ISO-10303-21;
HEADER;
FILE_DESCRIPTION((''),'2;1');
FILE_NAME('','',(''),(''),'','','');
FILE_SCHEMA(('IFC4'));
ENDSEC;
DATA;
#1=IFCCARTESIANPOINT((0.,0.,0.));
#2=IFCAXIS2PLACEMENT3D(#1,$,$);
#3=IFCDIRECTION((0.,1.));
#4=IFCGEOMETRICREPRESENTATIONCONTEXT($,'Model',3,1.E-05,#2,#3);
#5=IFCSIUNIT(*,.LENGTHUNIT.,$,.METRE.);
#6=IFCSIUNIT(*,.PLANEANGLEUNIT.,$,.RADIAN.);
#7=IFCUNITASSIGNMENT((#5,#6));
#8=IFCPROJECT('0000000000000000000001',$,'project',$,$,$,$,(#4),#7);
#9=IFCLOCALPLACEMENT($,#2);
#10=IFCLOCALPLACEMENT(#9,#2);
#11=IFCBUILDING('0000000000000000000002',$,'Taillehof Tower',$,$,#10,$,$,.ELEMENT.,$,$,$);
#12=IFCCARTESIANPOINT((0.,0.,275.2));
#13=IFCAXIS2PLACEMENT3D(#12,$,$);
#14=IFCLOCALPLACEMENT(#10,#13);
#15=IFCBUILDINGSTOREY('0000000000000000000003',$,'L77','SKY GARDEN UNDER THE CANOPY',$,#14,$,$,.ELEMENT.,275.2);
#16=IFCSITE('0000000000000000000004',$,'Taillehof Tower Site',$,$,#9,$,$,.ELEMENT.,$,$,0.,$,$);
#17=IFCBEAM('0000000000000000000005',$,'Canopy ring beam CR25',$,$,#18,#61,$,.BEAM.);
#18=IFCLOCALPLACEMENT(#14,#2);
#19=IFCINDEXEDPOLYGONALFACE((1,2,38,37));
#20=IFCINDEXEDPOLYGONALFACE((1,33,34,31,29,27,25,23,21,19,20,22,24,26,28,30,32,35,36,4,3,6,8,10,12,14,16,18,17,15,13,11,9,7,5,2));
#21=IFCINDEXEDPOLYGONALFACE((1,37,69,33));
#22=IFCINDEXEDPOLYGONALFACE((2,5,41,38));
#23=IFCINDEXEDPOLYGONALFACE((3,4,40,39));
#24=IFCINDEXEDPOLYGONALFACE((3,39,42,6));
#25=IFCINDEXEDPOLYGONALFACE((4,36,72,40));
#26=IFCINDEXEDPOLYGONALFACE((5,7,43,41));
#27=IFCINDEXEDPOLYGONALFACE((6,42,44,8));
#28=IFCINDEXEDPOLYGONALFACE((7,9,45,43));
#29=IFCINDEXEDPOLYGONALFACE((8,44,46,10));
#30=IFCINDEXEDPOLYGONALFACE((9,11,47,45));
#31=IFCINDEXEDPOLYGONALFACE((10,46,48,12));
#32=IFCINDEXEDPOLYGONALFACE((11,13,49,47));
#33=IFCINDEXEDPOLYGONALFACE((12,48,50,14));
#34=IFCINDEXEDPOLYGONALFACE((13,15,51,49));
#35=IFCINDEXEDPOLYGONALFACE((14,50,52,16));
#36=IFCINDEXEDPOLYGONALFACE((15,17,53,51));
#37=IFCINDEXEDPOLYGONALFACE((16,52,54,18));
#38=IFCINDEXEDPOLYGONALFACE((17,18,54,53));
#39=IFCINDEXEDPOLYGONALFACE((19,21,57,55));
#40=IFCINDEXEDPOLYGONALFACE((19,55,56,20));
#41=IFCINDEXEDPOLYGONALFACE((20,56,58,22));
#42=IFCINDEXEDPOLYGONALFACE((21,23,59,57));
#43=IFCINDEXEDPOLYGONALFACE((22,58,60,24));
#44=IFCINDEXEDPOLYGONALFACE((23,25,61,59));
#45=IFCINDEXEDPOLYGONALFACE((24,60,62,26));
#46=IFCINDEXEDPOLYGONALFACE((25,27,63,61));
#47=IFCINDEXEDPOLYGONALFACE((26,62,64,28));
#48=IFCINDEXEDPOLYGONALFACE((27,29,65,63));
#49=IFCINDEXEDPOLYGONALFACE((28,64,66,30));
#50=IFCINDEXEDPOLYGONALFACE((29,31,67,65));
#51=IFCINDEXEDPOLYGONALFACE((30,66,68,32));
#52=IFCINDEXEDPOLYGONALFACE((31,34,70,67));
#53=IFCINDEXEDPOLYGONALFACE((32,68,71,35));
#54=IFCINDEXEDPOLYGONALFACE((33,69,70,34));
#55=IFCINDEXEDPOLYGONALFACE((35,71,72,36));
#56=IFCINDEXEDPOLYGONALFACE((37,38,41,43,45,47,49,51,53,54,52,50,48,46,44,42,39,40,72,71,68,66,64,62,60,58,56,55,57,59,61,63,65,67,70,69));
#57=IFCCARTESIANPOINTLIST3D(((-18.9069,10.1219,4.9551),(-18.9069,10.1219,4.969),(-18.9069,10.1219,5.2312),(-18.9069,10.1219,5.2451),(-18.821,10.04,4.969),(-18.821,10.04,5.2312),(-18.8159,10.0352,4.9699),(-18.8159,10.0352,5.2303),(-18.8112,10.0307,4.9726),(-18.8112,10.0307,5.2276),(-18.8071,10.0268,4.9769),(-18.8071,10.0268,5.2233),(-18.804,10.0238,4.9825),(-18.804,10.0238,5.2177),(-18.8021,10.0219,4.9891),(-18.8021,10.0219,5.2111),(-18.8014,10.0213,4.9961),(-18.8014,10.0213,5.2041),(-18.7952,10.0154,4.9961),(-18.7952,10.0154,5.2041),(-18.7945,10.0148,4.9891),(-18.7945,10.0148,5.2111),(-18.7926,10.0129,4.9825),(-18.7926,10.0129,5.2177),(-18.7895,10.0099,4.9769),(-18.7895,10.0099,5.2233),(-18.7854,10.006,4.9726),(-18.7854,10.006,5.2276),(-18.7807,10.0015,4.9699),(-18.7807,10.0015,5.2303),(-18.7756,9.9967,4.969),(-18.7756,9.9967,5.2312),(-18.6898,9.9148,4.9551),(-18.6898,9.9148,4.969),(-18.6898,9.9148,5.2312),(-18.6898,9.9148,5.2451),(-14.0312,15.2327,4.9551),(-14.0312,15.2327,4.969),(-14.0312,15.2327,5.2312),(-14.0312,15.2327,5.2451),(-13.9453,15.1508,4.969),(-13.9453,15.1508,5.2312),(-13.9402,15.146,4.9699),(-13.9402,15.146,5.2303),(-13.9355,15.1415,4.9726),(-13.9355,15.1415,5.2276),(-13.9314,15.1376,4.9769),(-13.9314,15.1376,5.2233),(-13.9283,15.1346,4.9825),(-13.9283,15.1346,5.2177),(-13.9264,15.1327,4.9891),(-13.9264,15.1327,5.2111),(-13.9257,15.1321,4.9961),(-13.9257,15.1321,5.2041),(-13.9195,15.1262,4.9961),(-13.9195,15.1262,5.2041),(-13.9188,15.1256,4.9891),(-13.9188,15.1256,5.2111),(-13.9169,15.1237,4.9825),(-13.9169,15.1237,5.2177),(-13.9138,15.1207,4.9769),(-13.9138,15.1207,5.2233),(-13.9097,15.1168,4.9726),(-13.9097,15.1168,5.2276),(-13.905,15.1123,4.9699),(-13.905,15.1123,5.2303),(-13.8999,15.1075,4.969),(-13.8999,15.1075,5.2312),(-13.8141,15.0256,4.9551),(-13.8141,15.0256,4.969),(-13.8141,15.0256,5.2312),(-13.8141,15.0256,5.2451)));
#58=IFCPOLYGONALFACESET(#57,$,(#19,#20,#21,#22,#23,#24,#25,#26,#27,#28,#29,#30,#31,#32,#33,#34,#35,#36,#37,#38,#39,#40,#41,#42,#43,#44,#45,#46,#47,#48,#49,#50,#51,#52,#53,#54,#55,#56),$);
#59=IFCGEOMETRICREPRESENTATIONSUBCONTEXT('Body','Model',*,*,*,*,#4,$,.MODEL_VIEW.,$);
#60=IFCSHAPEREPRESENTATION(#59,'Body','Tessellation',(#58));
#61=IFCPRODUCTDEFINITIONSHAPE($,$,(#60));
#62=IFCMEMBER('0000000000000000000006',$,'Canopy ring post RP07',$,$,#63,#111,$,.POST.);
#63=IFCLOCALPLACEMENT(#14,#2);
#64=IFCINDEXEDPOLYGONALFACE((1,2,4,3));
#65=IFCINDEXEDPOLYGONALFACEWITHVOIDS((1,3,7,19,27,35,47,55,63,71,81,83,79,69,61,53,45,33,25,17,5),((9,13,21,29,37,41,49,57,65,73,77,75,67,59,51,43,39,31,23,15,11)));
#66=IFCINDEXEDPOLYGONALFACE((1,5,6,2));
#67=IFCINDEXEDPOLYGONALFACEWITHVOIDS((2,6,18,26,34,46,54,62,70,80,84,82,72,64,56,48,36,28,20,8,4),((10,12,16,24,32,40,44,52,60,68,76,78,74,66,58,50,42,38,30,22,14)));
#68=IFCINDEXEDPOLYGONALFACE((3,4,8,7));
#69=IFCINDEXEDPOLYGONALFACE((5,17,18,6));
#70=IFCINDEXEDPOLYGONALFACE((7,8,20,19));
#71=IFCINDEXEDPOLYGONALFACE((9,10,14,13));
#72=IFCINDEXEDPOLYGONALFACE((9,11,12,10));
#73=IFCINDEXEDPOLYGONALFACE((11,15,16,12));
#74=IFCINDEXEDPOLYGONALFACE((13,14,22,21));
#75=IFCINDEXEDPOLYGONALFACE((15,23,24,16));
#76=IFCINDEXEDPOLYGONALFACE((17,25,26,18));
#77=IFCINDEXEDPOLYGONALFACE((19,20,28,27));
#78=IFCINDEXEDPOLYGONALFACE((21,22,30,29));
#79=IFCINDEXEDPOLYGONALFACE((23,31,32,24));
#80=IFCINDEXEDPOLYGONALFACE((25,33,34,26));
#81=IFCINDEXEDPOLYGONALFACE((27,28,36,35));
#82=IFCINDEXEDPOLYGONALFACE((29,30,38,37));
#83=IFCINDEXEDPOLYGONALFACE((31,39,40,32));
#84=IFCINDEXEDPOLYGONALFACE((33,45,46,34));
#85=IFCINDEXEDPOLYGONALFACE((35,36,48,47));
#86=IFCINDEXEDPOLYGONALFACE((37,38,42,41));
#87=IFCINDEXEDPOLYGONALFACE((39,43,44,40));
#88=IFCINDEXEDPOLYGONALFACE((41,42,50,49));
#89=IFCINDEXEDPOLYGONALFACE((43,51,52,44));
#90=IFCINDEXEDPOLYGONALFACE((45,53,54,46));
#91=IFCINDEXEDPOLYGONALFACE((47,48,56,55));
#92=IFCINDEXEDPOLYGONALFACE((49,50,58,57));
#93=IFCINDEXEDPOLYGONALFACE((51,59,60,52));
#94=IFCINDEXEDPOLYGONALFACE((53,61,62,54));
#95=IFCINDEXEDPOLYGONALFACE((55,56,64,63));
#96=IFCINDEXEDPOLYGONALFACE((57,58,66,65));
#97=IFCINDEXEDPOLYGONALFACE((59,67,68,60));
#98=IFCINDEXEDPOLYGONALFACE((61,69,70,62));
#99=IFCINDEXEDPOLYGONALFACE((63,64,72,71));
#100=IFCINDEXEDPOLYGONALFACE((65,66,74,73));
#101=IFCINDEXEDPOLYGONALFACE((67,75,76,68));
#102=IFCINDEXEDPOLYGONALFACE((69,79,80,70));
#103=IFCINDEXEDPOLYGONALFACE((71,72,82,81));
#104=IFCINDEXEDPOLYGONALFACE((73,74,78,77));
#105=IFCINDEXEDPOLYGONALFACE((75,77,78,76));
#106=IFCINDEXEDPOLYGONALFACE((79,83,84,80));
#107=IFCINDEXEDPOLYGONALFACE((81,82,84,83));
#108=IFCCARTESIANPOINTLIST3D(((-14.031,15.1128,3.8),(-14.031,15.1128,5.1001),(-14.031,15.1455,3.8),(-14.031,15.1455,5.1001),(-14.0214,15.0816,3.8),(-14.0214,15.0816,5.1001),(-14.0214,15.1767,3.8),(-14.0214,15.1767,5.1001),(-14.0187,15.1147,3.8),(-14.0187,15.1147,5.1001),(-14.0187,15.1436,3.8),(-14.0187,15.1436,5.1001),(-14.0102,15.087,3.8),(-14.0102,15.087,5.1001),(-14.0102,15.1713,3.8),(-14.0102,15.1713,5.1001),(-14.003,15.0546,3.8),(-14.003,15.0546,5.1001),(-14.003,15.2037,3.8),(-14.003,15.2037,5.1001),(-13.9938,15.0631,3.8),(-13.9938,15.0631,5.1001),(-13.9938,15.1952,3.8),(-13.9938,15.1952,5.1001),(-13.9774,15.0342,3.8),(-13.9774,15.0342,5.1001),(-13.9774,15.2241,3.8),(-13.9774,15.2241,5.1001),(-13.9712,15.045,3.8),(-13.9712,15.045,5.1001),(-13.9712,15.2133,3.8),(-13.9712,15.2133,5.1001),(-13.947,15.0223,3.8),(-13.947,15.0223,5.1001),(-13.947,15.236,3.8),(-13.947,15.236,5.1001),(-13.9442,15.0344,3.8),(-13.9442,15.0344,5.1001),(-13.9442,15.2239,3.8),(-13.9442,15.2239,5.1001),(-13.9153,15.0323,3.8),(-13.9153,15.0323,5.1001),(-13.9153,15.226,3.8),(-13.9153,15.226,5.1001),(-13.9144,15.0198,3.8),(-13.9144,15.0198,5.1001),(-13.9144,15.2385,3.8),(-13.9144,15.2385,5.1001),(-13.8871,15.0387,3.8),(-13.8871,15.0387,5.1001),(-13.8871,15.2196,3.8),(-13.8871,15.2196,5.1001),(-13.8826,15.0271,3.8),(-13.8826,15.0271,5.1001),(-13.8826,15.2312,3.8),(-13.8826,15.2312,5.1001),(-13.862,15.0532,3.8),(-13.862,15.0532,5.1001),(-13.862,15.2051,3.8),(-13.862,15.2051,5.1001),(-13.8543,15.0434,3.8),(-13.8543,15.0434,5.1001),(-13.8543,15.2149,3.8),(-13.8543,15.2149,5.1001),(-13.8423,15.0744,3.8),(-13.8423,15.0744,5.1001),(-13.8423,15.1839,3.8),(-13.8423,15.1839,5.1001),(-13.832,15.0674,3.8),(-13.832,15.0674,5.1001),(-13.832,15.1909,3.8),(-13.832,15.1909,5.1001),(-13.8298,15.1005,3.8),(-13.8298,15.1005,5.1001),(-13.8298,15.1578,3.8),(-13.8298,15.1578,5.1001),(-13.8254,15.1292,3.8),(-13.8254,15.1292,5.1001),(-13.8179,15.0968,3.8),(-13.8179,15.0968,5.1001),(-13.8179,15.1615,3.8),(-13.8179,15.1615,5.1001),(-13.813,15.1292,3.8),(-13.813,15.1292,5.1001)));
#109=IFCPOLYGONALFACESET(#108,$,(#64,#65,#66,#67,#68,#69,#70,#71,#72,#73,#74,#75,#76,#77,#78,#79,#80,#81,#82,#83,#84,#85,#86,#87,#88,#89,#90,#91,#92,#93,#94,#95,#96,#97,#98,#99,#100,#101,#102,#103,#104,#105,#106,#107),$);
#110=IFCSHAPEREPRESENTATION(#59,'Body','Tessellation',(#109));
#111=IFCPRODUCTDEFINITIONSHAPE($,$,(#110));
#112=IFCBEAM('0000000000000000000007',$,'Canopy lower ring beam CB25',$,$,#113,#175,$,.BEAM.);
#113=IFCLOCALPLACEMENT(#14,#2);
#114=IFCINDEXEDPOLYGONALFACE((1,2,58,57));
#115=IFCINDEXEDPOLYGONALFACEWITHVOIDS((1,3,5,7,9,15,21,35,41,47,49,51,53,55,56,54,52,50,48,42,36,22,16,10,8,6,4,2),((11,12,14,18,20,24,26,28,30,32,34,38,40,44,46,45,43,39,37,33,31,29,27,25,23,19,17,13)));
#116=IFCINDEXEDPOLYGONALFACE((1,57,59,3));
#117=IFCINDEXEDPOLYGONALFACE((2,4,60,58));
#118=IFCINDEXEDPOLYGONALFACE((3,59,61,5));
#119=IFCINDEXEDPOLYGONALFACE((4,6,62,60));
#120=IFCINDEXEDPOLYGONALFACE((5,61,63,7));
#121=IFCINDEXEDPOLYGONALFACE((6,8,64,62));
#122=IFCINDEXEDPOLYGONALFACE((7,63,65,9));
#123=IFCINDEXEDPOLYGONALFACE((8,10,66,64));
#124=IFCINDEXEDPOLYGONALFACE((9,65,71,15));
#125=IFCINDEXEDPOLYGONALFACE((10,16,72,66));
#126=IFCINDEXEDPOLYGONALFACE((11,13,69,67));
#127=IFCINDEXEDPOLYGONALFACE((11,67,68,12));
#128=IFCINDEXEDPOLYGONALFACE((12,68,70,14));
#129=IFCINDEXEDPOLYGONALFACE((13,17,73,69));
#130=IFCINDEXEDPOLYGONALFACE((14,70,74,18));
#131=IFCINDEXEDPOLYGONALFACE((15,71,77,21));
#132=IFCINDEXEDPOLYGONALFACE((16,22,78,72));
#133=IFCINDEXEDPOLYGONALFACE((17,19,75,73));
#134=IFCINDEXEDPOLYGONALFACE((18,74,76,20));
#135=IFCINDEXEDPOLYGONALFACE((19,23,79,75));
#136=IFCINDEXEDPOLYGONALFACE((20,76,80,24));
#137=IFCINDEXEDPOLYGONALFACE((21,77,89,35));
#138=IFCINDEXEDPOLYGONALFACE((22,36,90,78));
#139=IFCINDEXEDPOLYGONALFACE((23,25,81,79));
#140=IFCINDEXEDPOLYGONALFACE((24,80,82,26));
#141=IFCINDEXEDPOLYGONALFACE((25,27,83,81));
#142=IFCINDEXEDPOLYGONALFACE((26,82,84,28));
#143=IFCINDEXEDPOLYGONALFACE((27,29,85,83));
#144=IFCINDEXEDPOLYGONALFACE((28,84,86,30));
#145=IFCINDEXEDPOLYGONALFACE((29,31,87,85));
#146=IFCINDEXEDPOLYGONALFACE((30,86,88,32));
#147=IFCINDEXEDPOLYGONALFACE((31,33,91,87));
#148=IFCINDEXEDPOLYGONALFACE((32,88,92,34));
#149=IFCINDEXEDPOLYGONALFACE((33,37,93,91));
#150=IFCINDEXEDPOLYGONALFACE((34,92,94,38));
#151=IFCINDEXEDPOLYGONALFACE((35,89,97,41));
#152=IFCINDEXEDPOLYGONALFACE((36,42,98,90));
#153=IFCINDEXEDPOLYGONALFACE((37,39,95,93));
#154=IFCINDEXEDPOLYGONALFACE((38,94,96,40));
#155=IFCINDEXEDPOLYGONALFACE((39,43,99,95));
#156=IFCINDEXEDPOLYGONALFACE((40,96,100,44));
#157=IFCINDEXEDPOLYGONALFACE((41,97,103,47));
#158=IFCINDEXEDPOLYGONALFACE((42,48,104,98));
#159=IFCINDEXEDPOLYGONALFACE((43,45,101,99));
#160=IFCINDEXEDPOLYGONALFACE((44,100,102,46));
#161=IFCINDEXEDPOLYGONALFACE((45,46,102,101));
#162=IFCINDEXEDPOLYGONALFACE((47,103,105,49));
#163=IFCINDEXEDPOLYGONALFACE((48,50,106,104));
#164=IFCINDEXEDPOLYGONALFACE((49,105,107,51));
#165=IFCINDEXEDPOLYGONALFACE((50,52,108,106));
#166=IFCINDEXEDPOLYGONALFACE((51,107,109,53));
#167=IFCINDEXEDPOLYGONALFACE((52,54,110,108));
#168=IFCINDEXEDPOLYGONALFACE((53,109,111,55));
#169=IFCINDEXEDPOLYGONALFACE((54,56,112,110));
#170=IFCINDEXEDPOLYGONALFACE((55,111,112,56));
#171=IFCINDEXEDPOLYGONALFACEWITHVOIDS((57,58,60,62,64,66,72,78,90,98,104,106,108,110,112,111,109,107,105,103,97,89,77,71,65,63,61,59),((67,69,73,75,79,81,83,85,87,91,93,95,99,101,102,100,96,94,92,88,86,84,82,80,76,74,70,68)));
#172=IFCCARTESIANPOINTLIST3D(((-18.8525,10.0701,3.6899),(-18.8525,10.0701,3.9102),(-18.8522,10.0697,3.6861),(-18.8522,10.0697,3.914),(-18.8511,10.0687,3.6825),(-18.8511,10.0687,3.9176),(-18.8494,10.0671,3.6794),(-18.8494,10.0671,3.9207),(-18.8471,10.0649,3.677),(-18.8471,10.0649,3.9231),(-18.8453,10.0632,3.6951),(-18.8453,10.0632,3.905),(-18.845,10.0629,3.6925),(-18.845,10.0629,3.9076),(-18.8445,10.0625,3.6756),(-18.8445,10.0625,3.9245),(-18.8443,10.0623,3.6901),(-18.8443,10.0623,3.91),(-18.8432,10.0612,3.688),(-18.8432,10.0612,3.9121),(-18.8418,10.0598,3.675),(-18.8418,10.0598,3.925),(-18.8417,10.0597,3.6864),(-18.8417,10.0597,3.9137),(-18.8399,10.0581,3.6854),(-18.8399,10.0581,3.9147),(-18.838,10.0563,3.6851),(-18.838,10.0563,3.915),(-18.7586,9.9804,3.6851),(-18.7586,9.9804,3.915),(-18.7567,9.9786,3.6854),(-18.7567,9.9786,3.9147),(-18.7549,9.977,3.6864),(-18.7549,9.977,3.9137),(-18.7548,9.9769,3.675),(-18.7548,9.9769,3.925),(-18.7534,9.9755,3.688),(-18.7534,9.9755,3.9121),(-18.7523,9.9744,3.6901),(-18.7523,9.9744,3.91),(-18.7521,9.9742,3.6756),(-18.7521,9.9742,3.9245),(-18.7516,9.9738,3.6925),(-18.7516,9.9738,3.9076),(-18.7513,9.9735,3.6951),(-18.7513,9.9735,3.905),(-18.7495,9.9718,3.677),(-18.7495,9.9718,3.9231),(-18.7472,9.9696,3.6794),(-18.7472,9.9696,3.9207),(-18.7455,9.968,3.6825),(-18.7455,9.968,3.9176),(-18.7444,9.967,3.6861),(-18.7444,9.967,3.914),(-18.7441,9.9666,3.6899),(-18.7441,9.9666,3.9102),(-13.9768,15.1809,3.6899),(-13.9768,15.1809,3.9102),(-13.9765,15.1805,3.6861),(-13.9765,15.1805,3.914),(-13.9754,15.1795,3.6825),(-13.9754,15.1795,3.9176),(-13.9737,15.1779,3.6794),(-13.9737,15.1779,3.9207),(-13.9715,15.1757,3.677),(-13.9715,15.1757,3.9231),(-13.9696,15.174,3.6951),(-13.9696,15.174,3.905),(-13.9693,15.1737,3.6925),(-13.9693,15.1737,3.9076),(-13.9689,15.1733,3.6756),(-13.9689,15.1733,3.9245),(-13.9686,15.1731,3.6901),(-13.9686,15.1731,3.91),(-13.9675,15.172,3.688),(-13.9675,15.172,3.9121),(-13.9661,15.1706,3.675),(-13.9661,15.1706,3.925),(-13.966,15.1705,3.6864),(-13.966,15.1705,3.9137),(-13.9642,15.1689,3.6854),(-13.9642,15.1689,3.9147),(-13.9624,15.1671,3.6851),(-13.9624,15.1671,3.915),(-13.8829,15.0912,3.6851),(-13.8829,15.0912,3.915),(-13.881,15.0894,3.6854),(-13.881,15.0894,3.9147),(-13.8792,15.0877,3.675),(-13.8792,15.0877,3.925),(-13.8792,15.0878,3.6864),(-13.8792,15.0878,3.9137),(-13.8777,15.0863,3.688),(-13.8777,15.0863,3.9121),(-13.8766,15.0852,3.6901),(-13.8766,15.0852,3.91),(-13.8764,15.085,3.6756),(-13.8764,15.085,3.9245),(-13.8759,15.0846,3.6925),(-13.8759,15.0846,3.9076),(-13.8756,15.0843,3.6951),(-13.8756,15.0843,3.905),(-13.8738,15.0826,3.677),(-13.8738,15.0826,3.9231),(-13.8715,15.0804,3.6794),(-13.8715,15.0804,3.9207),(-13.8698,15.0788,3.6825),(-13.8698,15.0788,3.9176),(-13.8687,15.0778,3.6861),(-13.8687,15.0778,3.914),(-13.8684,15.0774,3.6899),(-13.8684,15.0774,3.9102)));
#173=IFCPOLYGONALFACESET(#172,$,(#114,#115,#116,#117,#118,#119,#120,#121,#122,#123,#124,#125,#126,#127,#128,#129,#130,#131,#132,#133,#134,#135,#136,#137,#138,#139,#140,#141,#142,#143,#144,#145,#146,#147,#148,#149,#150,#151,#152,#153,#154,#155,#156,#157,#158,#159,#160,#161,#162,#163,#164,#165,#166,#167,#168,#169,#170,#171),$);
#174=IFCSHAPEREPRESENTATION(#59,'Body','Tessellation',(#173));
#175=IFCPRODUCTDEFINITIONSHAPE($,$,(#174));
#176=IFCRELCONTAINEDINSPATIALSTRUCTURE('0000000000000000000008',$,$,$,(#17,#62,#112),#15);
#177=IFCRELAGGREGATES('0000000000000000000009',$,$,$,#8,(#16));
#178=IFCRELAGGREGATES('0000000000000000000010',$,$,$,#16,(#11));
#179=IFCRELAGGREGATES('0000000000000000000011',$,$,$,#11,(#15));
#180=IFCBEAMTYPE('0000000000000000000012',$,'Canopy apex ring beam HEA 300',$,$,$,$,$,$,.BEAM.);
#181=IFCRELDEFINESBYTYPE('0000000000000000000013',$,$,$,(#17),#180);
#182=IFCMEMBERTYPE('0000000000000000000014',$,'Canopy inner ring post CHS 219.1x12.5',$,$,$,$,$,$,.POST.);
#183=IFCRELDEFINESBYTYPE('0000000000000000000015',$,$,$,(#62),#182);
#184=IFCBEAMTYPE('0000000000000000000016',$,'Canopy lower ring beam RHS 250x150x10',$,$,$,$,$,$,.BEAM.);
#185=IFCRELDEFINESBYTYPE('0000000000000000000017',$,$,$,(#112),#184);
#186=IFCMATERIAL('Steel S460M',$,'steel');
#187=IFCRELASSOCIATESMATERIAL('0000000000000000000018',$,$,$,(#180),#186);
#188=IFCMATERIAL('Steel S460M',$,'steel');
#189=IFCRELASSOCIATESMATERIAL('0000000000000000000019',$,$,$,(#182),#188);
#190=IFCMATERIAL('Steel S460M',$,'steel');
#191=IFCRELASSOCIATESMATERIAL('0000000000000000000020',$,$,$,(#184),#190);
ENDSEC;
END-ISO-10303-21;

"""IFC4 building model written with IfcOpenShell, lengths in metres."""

from ifc_helpers import new_model, si_unit, direction, frame, origin, origin_2d, place, context, subcontext, project, spatial, hollow_rectangle, hollow_circle, i_section, extrude, material, material_profile, profile_set, type_object, element, save


model = new_model("IFC4")

# Units and contexts
model_context = context("Model", 3, precision=1e-05, world=origin(), true_north=direction((0.0, 1.0)))
body_context = subcontext(model_context, "Body", "Model", "MODEL_VIEW")
ifc_project = project(units=[si_unit("LENGTHUNIT", "METRE"), si_unit("PLANEANGLEUNIT", "RADIAN")], contexts=[model_context])

# Site, building, storey
site_placement = place(None, origin())
site = spatial("IfcSite", under=ifc_project, at=site_placement, Name="Taillehof Tower Site", CompositionType="ELEMENT", RefElevation=0.0)
building_placement = place(site_placement, origin())
building = spatial("IfcBuilding", under=site, at=building_placement, Name="Taillehof Tower", CompositionType="ELEMENT")
storey_placement = place(building_placement, frame((0.0, 0.0, 275.2)))
storey = spatial("IfcBuildingStorey", under=building, at=storey_placement, Name="L77", Description="SKY GARDEN UNDER THE CANOPY", CompositionType="ELEMENT", Elevation=275.2)

# Beam
ifc_material_1 = material(Name="Steel S460M", Category="steel")
ifc_material_profile_1 = material_profile(ifc_material_1, i_section(OverallWidth=0.3, OverallDepth=0.29, WebThickness=0.0085, FlangeThickness=0.0139, FilletRadius=0.0271, at=origin_2d()), Name="HEA 300")
ifc_profile_set_1 = profile_set([ifc_material_profile_1], Name="Steel S460M")
beam_type_1 = type_object("IfcBeamType", Name="Canopy apex ring beam HEA 300", PredefinedType="BEAM", material=ifc_profile_set_1)
beam_1_placement = place(storey_placement, frame((-13.9226, 15.1292, 5.1001), z_axis=(-0.690269, -0.723553, 0.0), x_axis=(0.723553, -0.690269, 0.0)))
element("IfcBeam", 1, at=beam_1_placement, inside=storey, type_object=beam_type_1, Name="Canopy ring beam CR25", PredefinedType="BEAM", context=body_context, shape_type="SweptSolid", body=[
    extrude(i_section(OverallWidth=0.3, OverallDepth=0.29, WebThickness=0.0085, FlangeThickness=0.0139, FilletRadius=0.0271, at=origin_2d()), origin(), (0.0, 0.0, 1.0), 7.0635),
])

# Member
ifc_material_2 = material(Name="Steel S460M", Category="steel")
ifc_material_profile_2 = material_profile(ifc_material_2, hollow_circle(Radius=0.1096, WallThickness=0.0125, at=origin_2d()), Name="CHS 219.1x12.5")
ifc_profile_set_2 = profile_set([ifc_material_profile_2], Name="Steel S460M")
member_type_1 = type_object("IfcMemberType", Name="Canopy inner ring post CHS 219.1x12.5", PredefinedType="POST", material=ifc_profile_set_2)
member_1_placement = place(storey_placement, frame((-13.9226, 15.1292, 3.8), z_axis=(0.0, 0.0, 1.0), x_axis=(1.0, 0.0, 0.0)))
element("IfcMember", 2, at=member_1_placement, inside=storey, type_object=member_type_1, Name="Canopy ring post RP07", PredefinedType="POST", context=body_context, shape_type="SweptSolid", body=[
    extrude(hollow_circle(Radius=0.1096, WallThickness=0.0125, at=origin_2d()), origin(), (0.0, 0.0, 1.0), 1.3),
])

# Beam
ifc_material_3 = material(Name="Steel S460M", Category="steel")
ifc_material_profile_3 = material_profile(ifc_material_3, hollow_rectangle(XDim=0.1499, YDim=0.25, WallThickness=0.01, InnerFilletRadius=0.01, OuterFilletRadius=0.0149, at=origin_2d()), Name="RHS 250x150x10")
ifc_profile_set_3 = profile_set([ifc_material_profile_3], Name="Steel S460M")
beam_type_2 = type_object("IfcBeamType", Name="Canopy lower ring beam RHS 250x150x10", PredefinedType="BEAM", material=ifc_profile_set_3)
beam_2_placement = place(storey_placement, frame((-13.9226, 15.1292, 3.8), z_axis=(-0.690269, -0.723553, 0.0), x_axis=(0.723553, -0.690269, 0.0)))
element("IfcBeam", 3, at=beam_2_placement, inside=storey, type_object=beam_type_2, Name="Canopy lower ring beam CB25", PredefinedType="BEAM", context=body_context, shape_type="SweptSolid", body=[
    extrude(hollow_rectangle(XDim=0.1499, YDim=0.25, WallThickness=0.01, InnerFilletRadius=0.01, OuterFilletRadius=0.0149, at=origin_2d()), origin(), (0.0, 0.0, 1.0), 7.0635),
])

save(model, "model.ifc")
